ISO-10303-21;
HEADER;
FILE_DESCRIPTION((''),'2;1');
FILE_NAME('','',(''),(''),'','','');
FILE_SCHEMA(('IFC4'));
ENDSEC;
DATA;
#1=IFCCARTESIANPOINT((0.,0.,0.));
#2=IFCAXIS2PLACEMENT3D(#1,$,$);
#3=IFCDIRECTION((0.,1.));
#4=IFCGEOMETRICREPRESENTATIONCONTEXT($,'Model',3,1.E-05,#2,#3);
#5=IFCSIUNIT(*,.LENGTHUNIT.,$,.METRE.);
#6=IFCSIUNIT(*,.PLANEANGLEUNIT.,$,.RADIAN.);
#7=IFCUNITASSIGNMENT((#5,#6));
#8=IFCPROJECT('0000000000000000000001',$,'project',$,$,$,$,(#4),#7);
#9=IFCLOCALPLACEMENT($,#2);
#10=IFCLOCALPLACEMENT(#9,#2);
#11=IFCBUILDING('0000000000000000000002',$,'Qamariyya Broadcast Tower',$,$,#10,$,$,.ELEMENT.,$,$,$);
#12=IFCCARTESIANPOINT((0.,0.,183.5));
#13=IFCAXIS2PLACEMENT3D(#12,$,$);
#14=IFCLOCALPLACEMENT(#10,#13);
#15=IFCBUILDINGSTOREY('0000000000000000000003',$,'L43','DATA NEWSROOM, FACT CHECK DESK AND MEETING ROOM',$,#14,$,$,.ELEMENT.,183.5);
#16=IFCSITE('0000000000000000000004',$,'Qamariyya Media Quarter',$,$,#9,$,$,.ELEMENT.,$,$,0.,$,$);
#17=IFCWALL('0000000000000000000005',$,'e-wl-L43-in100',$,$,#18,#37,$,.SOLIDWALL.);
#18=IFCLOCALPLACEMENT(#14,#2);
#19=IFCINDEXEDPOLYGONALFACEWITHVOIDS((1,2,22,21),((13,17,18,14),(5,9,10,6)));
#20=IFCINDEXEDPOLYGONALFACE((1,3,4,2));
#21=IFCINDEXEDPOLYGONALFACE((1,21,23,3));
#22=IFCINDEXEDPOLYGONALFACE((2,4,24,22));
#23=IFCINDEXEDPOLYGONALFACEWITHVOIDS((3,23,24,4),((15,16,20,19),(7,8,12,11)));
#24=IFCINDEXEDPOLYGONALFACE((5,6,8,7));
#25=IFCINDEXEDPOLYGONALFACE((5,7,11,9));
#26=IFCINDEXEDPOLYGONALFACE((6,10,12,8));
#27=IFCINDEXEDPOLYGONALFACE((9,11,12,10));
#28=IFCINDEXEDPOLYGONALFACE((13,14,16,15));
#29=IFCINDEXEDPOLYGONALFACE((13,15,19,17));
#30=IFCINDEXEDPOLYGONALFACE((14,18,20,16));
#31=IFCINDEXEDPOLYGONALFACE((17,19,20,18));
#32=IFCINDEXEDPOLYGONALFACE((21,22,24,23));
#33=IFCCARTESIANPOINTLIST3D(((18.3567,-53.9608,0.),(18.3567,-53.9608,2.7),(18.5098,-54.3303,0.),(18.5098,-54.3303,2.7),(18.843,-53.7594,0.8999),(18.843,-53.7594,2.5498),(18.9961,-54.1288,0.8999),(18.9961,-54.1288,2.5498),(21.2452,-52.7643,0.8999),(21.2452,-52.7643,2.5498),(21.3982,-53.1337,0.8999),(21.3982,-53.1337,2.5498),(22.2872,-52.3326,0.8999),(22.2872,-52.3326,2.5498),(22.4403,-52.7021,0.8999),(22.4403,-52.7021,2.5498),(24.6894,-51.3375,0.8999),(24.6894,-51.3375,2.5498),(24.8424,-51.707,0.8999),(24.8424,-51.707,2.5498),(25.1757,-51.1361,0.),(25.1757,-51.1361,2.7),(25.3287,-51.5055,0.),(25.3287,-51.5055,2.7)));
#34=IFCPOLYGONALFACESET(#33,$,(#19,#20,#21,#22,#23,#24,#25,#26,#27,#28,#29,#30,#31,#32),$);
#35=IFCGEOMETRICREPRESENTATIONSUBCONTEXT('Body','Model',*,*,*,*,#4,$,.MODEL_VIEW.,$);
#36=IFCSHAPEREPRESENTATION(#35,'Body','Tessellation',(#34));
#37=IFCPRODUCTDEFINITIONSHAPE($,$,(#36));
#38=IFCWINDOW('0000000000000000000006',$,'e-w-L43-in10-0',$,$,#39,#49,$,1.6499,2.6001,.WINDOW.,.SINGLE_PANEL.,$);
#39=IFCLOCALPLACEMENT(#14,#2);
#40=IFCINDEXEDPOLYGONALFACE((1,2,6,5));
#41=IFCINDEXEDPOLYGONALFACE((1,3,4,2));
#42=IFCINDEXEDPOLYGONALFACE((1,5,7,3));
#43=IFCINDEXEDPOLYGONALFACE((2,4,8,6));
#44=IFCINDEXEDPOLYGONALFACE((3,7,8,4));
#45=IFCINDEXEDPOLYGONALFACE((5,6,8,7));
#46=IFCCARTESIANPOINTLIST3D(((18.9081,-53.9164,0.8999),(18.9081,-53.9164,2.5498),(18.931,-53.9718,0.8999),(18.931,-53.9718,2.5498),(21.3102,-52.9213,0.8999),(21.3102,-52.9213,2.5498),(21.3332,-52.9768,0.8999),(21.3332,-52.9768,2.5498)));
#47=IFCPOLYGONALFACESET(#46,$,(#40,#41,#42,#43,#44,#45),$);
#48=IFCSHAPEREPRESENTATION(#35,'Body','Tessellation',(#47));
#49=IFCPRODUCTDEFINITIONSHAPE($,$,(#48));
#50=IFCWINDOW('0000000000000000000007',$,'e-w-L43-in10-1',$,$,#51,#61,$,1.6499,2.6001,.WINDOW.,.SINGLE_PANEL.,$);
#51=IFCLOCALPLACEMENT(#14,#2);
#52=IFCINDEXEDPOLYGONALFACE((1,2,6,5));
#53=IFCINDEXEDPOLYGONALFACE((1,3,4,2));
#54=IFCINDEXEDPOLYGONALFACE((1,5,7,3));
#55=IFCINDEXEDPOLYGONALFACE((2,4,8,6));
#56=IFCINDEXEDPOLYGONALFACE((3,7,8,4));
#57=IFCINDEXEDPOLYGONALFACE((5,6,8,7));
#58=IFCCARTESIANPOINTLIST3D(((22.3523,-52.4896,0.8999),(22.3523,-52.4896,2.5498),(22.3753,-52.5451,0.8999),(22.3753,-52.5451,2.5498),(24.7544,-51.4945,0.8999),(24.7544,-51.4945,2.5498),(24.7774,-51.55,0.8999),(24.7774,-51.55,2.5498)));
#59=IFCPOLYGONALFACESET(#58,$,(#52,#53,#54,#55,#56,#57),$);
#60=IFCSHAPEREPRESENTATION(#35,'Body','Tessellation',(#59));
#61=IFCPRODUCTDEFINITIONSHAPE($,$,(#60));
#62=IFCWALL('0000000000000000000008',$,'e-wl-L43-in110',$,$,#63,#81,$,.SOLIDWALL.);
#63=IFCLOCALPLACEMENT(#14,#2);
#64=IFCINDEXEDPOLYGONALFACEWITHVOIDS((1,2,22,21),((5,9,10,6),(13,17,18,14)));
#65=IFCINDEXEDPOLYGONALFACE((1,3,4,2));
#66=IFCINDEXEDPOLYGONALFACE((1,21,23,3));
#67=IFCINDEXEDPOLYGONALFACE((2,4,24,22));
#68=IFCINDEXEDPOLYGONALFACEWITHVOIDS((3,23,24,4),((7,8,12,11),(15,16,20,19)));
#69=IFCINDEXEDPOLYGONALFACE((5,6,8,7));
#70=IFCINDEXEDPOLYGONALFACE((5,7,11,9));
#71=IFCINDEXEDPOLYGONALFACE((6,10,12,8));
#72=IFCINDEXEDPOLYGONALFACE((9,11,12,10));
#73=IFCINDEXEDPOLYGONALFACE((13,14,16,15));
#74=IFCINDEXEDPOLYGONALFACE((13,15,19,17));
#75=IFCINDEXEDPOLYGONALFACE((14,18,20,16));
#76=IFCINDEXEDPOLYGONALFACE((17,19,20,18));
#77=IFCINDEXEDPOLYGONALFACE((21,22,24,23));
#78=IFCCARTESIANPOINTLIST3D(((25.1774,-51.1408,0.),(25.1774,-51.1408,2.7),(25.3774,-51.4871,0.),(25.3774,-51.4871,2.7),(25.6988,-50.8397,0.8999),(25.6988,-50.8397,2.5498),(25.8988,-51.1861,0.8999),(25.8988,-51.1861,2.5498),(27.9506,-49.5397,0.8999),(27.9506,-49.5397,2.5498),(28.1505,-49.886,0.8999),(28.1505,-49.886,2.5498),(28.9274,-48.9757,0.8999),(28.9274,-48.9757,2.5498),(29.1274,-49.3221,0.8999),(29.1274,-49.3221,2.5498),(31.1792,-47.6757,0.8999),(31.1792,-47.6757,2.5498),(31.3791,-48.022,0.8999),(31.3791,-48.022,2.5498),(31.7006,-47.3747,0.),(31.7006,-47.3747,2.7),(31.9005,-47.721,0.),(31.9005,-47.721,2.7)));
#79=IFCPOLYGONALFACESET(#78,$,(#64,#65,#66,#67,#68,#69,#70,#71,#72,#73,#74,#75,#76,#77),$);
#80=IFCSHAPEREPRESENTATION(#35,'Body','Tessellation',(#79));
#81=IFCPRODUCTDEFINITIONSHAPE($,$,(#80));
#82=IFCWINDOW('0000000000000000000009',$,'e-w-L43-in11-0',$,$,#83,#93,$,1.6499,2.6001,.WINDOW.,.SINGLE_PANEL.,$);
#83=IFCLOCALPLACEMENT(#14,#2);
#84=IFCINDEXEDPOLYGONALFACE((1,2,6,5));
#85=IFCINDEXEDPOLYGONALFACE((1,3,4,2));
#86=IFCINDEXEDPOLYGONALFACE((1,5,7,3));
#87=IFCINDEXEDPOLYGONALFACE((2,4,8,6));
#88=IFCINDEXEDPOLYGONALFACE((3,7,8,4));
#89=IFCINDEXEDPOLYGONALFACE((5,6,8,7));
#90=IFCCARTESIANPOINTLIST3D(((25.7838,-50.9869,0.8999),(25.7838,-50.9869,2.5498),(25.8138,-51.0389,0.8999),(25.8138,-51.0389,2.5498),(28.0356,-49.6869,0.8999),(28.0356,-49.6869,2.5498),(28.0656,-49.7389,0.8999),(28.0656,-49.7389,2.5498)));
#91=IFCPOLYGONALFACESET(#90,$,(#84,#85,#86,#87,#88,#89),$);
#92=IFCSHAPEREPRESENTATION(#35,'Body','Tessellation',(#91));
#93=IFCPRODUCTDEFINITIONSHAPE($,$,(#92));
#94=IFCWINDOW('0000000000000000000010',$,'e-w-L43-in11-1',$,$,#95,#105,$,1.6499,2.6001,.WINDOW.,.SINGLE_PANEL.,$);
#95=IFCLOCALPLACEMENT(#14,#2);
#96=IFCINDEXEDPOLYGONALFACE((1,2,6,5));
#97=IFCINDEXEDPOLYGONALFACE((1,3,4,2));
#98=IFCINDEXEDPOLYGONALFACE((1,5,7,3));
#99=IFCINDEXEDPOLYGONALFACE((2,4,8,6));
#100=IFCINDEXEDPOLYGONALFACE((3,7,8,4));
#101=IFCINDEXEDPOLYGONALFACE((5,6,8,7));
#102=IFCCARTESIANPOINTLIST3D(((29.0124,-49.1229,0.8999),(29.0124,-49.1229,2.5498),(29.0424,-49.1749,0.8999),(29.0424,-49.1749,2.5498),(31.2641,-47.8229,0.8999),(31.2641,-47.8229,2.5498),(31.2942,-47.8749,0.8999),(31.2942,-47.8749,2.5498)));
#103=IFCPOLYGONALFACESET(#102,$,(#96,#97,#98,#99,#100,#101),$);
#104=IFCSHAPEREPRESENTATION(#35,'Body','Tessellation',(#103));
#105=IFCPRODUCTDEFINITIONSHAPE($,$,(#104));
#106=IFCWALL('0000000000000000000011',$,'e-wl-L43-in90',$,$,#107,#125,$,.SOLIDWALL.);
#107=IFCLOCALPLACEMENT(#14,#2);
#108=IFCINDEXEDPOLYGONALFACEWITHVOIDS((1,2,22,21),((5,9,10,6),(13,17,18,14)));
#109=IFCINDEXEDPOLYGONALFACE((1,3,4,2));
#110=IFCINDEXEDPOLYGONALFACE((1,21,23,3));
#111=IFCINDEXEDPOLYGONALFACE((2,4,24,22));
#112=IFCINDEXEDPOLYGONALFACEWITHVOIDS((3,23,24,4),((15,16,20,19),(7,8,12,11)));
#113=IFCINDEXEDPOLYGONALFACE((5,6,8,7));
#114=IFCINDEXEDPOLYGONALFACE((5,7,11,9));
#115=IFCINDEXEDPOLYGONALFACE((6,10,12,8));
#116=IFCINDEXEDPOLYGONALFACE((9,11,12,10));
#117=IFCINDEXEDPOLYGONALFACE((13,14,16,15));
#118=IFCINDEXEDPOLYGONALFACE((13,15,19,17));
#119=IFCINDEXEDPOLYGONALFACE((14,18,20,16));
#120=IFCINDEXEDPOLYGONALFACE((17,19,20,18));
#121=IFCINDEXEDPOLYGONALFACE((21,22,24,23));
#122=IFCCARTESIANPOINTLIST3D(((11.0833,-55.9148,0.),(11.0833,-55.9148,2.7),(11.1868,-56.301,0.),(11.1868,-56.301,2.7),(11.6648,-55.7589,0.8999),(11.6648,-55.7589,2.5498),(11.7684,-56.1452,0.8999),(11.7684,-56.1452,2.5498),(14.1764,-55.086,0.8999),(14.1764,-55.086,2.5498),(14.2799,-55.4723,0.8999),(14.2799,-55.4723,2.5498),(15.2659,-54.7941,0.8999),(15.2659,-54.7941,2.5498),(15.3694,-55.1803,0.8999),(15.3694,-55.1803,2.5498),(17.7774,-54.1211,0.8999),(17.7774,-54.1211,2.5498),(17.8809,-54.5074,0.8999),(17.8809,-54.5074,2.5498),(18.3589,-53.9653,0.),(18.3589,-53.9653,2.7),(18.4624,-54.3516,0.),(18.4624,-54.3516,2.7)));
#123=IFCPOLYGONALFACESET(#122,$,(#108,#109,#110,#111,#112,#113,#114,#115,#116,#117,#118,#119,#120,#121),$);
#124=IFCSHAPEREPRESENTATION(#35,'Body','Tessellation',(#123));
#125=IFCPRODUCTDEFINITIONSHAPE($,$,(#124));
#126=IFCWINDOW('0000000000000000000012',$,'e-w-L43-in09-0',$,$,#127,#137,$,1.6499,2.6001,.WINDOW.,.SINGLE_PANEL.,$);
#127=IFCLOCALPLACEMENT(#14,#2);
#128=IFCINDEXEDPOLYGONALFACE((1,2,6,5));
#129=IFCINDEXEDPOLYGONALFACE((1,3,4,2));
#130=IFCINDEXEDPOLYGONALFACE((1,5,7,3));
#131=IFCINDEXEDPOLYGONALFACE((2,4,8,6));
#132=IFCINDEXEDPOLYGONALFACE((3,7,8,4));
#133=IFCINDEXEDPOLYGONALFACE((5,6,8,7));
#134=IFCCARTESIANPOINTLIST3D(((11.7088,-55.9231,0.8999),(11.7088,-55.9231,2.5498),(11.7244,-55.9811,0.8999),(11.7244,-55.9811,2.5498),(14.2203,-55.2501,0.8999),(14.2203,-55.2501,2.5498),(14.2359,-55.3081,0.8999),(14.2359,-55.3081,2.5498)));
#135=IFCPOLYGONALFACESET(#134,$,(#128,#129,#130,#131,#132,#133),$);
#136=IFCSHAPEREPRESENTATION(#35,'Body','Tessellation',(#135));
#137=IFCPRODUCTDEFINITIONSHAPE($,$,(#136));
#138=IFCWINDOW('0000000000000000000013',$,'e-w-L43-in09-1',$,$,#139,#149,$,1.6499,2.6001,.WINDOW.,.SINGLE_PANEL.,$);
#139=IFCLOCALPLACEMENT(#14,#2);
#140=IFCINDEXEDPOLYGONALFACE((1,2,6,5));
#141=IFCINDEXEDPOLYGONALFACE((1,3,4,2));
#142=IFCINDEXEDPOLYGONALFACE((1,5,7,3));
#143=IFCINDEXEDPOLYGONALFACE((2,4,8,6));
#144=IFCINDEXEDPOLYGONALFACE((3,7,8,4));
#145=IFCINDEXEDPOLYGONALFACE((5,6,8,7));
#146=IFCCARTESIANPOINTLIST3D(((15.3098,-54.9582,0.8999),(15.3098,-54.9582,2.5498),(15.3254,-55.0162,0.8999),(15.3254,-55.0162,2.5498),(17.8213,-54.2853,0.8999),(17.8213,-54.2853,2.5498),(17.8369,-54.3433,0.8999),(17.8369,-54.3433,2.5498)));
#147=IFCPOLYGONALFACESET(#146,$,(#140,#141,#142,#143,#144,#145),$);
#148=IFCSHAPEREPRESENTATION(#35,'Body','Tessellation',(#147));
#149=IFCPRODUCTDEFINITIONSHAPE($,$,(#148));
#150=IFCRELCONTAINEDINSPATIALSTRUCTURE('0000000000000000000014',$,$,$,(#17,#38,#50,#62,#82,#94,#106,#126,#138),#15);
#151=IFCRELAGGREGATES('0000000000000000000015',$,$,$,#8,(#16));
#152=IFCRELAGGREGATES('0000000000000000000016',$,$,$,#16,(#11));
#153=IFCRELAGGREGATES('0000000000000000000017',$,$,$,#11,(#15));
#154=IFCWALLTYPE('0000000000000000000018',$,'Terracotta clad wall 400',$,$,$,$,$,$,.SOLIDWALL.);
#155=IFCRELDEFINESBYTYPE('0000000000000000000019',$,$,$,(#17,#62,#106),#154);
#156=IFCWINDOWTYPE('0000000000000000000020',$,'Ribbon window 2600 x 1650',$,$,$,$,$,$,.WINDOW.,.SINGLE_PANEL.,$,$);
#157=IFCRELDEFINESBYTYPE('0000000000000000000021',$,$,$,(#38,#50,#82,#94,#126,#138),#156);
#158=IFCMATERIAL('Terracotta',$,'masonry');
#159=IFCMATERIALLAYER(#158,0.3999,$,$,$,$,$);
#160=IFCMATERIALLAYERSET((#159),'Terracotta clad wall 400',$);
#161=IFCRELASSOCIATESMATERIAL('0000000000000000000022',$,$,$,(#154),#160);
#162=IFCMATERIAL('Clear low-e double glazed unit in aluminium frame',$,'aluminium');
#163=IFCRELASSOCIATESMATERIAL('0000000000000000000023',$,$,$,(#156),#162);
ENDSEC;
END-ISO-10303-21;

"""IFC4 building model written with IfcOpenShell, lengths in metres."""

from ifc_helpers import new_model, si_unit, direction, frame, frame_2d, origin, place, context, subcontext, project, spatial, rectangle, extrude, material, layer, layer_set, type_object, element, fill, save


model = new_model("IFC4")

# Units and contexts
model_context = context("Model", 3, precision=1e-05, world=origin(), true_north=direction((0.0, 1.0)))
body_context = subcontext(model_context, "Body", "Model", "MODEL_VIEW")
ifc_project = project(units=[si_unit("LENGTHUNIT", "METRE"), si_unit("PLANEANGLEUNIT", "RADIAN")], contexts=[model_context])

# Site, building, storey
site_placement = place(None, origin())
site = spatial("IfcSite", under=ifc_project, at=site_placement, Name="Qamariyya Media Quarter", CompositionType="ELEMENT", RefElevation=0.0)
building_placement = place(site_placement, origin())
building = spatial("IfcBuilding", under=site, at=building_placement, Name="Qamariyya Broadcast Tower", CompositionType="ELEMENT")
storey_placement = place(building_placement, frame((0.0, 0.0, 183.5)))
storey = spatial("IfcBuildingStorey", under=building, at=storey_placement, Name="L43", Description="DATA NEWSROOM, FACT CHECK DESK AND MEETING ROOM", CompositionType="ELEMENT", Elevation=183.5)

# Walls, openings, windows
ifc_material_1 = material(Name="Terracotta", Category="masonry")
ifc_layer_1 = layer(ifc_material_1, 0.3999)
ifc_layer_set_1 = layer_set([ifc_layer_1], Name="Terracotta clad wall 400")
wall_type_1 = type_object("IfcWallType", Name="Terracotta clad wall 400", PredefinedType="SOLIDWALL", material=ifc_layer_set_1)
wall_1_placement = place(storey_placement, frame((25.2522, -51.3208, 0.0), z_axis=(0.0, 0.0, 1.0), x_axis=(-0.923868, -0.382712, 0.0)))
wall_1 = element("IfcWall", 1, at=wall_1_placement, inside=storey, type_object=wall_type_1, Name="e-wl-L43-in100", PredefinedType="SOLIDWALL", context=body_context, shape_type="SweptSolid", body=[
    extrude(rectangle(XDim=7.3809, YDim=0.3999, at=frame_2d((3.6904, 0.0))), origin(), (0.0, 0.0, 1.0), 2.7),
])
opening_1_placement = place(wall_1_placement, frame((4.2544, 0.0, 0.8999)))
opening_1 = element("IfcOpeningElement", 2, at=opening_1_placement, cuts=wall_1, PredefinedType="OPENING", context=body_context, shape_type="SweptSolid", body=[
    extrude(rectangle(XDim=2.6001, YDim=1.6499, at=frame_2d((1.3, 0.825))), frame((0.0, 0.21, 0.0), z_axis=(0.0, -1.0, 0.0), x_axis=(1.0, 0.0, 0.0)), (0.0, 0.0, 1.0), 0.4199),
])
opening_2_placement = place(wall_1_placement, frame((0.5264, 0.0, 0.8999)))
opening_2 = element("IfcOpeningElement", 3, at=opening_2_placement, cuts=wall_1, PredefinedType="OPENING", context=body_context, shape_type="SweptSolid", body=[
    extrude(rectangle(XDim=2.6001, YDim=1.6499, at=frame_2d((1.3, 0.825))), frame((0.0, 0.21, 0.0), z_axis=(0.0, -1.0, 0.0), x_axis=(1.0, 0.0, 0.0)), (0.0, 0.0, 1.0), 0.4199),
])
ifc_material_2 = material(Name="Clear low-e double glazed unit in aluminium frame", Category="aluminium")
window_type = type_object("IfcWindowType", Name="Ribbon window 2600 x 1650", PartitioningType="SINGLE_PANEL", PredefinedType="WINDOW", material=ifc_material_2)
window_1_placement = place(opening_1_placement, origin())
window_1 = element("IfcWindow", 4, at=window_1_placement, inside=storey, type_object=window_type, Name="e-w-L43-in10-0", OverallHeight=1.6499, OverallWidth=2.6001, PartitioningType="SINGLE_PANEL", PredefinedType="WINDOW", context=body_context, shape_type="SweptSolid", body=[
    extrude(rectangle(XDim=2.6001, YDim=1.6499, at=frame_2d((1.3, 0.825))), frame((0.0, 0.03, 0.0), z_axis=(0.0, -1.0, 0.0), x_axis=(1.0, 0.0, 0.0)), (0.0, 0.0, 1.0), 0.0601),
])
fill(opening_1, window_1)
window_2_placement = place(opening_2_placement, origin())
window_2 = element("IfcWindow", 5, at=window_2_placement, inside=storey, type_object=window_type, Name="e-w-L43-in10-1", OverallHeight=1.6499, OverallWidth=2.6001, PartitioningType="SINGLE_PANEL", PredefinedType="WINDOW", context=body_context, shape_type="SweptSolid", body=[
    extrude(rectangle(XDim=2.6001, YDim=1.6499, at=frame_2d((1.3, 0.825))), frame((0.0, 0.03, 0.0), z_axis=(0.0, -1.0, 0.0), x_axis=(1.0, 0.0, 0.0)), (0.0, 0.0, 1.0), 0.0601),
])
fill(opening_2, window_2)
wall_2_placement = place(storey_placement, frame((31.8005, -47.5479, 0.0), z_axis=(0.0, 0.0, 1.0), x_axis=(-0.866029, -0.499995, 0.0)))
wall_2 = element("IfcWall", 6, at=wall_2_placement, inside=storey, type_object=wall_type_1, Name="e-wl-L43-in110", PredefinedType="SOLIDWALL", context=body_context, shape_type="SweptSolid", body=[
    extrude(rectangle(XDim=7.5322, YDim=0.3999, at=frame_2d((3.7661, 0.0))), origin(), (0.0, 0.0, 1.0), 2.7),
])
opening_3_placement = place(wall_2_placement, frame((4.3301, 0.0, 0.8999)))
opening_3 = element("IfcOpeningElement", 7, at=opening_3_placement, cuts=wall_2, PredefinedType="OPENING", context=body_context, shape_type="SweptSolid", body=[
    extrude(rectangle(XDim=2.6001, YDim=1.6499, at=frame_2d((1.3, 0.825))), frame((0.0, 0.21, 0.0), z_axis=(0.0, -1.0, 0.0), x_axis=(1.0, 0.0, 0.0)), (0.0, 0.0, 1.0), 0.4199),
])
opening_4_placement = place(wall_2_placement, frame((0.6021, 0.0, 0.8999)))
opening_4 = element("IfcOpeningElement", 8, at=opening_4_placement, cuts=wall_2, PredefinedType="OPENING", context=body_context, shape_type="SweptSolid", body=[
    extrude(rectangle(XDim=2.6001, YDim=1.6499, at=frame_2d((1.3, 0.825))), frame((0.0, 0.21, 0.0), z_axis=(0.0, -1.0, 0.0), x_axis=(1.0, 0.0, 0.0)), (0.0, 0.0, 1.0), 0.4199),
])
window_3_placement = place(opening_3_placement, origin())
window_3 = element("IfcWindow", 9, at=window_3_placement, inside=storey, type_object=window_type, Name="e-w-L43-in11-0", OverallHeight=1.6499, OverallWidth=2.6001, PartitioningType="SINGLE_PANEL", PredefinedType="WINDOW", context=body_context, shape_type="SweptSolid", body=[
    extrude(rectangle(XDim=2.6001, YDim=1.6499, at=frame_2d((1.3, 0.825))), frame((0.0, 0.03, 0.0), z_axis=(0.0, -1.0, 0.0), x_axis=(1.0, 0.0, 0.0)), (0.0, 0.0, 1.0), 0.0601),
])
fill(opening_3, window_3)
window_4_placement = place(opening_4_placement, origin())
window_4 = element("IfcWindow", 10, at=window_4_placement, inside=storey, type_object=window_type, Name="e-w-L43-in11-1", OverallHeight=1.6499, OverallWidth=2.6001, PartitioningType="SINGLE_PANEL", PredefinedType="WINDOW", context=body_context, shape_type="SweptSolid", body=[
    extrude(rectangle(XDim=2.6001, YDim=1.6499, at=frame_2d((1.3, 0.825))), frame((0.0, 0.03, 0.0), z_axis=(0.0, -1.0, 0.0), x_axis=(1.0, 0.0, 0.0)), (0.0, 0.0, 1.0), 0.0601),
])
fill(opening_4, window_4)
wall_3_placement = place(storey_placement, frame((18.4106, -54.1584, 0.0), z_axis=(0.0, 0.0, 1.0), x_axis=(-0.965927, -0.258814, 0.0)))
wall_3 = element("IfcWall", 11, at=wall_3_placement, inside=storey, type_object=wall_type_1, Name="e-wl-L43-in90", PredefinedType="SOLIDWALL", context=body_context, shape_type="SweptSolid", body=[
    extrude(rectangle(XDim=7.5322, YDim=0.3999, at=frame_2d((3.7661, 0.0))), origin(), (0.0, 0.0, 1.0), 2.7),
])
opening_5_placement = place(wall_3_placement, frame((4.3301, 0.0, 0.8999)))
opening_5 = element("IfcOpeningElement", 12, at=opening_5_placement, cuts=wall_3, PredefinedType="OPENING", context=body_context, shape_type="SweptSolid", body=[
    extrude(rectangle(XDim=2.6001, YDim=1.6499, at=frame_2d((1.3, 0.825))), frame((0.0, 0.21, 0.0), z_axis=(0.0, -1.0, 0.0), x_axis=(1.0, 0.0, 0.0)), (0.0, 0.0, 1.0), 0.4199),
])
opening_6_placement = place(wall_3_placement, frame((0.6021, 0.0, 0.8999)))
opening_6 = element("IfcOpeningElement", 13, at=opening_6_placement, cuts=wall_3, PredefinedType="OPENING", context=body_context, shape_type="SweptSolid", body=[
    extrude(rectangle(XDim=2.6001, YDim=1.6499, at=frame_2d((1.3, 0.825))), frame((0.0, 0.21, 0.0), z_axis=(0.0, -1.0, 0.0), x_axis=(1.0, 0.0, 0.0)), (0.0, 0.0, 1.0), 0.4199),
])
window_5_placement = place(opening_5_placement, origin())
window_5 = element("IfcWindow", 14, at=window_5_placement, inside=storey, type_object=window_type, Name="e-w-L43-in09-0", OverallHeight=1.6499, OverallWidth=2.6001, PartitioningType="SINGLE_PANEL", PredefinedType="WINDOW", context=body_context, shape_type="SweptSolid", body=[
    extrude(rectangle(XDim=2.6001, YDim=1.6499, at=frame_2d((1.3, 0.825))), frame((0.0, 0.03, 0.0), z_axis=(0.0, -1.0, 0.0), x_axis=(1.0, 0.0, 0.0)), (0.0, 0.0, 1.0), 0.0601),
])
fill(opening_5, window_5)
window_6_placement = place(opening_6_placement, origin())
window_6 = element("IfcWindow", 15, at=window_6_placement, inside=storey, type_object=window_type, Name="e-w-L43-in09-1", OverallHeight=1.6499, OverallWidth=2.6001, PartitioningType="SINGLE_PANEL", PredefinedType="WINDOW", context=body_context, shape_type="SweptSolid", body=[
    extrude(rectangle(XDim=2.6001, YDim=1.6499, at=frame_2d((1.3, 0.825))), frame((0.0, 0.03, 0.0), z_axis=(0.0, -1.0, 0.0), x_axis=(1.0, 0.0, 0.0)), (0.0, 0.0, 1.0), 0.0601),
])
fill(opening_6, window_6)

save(model, "model.ifc")
